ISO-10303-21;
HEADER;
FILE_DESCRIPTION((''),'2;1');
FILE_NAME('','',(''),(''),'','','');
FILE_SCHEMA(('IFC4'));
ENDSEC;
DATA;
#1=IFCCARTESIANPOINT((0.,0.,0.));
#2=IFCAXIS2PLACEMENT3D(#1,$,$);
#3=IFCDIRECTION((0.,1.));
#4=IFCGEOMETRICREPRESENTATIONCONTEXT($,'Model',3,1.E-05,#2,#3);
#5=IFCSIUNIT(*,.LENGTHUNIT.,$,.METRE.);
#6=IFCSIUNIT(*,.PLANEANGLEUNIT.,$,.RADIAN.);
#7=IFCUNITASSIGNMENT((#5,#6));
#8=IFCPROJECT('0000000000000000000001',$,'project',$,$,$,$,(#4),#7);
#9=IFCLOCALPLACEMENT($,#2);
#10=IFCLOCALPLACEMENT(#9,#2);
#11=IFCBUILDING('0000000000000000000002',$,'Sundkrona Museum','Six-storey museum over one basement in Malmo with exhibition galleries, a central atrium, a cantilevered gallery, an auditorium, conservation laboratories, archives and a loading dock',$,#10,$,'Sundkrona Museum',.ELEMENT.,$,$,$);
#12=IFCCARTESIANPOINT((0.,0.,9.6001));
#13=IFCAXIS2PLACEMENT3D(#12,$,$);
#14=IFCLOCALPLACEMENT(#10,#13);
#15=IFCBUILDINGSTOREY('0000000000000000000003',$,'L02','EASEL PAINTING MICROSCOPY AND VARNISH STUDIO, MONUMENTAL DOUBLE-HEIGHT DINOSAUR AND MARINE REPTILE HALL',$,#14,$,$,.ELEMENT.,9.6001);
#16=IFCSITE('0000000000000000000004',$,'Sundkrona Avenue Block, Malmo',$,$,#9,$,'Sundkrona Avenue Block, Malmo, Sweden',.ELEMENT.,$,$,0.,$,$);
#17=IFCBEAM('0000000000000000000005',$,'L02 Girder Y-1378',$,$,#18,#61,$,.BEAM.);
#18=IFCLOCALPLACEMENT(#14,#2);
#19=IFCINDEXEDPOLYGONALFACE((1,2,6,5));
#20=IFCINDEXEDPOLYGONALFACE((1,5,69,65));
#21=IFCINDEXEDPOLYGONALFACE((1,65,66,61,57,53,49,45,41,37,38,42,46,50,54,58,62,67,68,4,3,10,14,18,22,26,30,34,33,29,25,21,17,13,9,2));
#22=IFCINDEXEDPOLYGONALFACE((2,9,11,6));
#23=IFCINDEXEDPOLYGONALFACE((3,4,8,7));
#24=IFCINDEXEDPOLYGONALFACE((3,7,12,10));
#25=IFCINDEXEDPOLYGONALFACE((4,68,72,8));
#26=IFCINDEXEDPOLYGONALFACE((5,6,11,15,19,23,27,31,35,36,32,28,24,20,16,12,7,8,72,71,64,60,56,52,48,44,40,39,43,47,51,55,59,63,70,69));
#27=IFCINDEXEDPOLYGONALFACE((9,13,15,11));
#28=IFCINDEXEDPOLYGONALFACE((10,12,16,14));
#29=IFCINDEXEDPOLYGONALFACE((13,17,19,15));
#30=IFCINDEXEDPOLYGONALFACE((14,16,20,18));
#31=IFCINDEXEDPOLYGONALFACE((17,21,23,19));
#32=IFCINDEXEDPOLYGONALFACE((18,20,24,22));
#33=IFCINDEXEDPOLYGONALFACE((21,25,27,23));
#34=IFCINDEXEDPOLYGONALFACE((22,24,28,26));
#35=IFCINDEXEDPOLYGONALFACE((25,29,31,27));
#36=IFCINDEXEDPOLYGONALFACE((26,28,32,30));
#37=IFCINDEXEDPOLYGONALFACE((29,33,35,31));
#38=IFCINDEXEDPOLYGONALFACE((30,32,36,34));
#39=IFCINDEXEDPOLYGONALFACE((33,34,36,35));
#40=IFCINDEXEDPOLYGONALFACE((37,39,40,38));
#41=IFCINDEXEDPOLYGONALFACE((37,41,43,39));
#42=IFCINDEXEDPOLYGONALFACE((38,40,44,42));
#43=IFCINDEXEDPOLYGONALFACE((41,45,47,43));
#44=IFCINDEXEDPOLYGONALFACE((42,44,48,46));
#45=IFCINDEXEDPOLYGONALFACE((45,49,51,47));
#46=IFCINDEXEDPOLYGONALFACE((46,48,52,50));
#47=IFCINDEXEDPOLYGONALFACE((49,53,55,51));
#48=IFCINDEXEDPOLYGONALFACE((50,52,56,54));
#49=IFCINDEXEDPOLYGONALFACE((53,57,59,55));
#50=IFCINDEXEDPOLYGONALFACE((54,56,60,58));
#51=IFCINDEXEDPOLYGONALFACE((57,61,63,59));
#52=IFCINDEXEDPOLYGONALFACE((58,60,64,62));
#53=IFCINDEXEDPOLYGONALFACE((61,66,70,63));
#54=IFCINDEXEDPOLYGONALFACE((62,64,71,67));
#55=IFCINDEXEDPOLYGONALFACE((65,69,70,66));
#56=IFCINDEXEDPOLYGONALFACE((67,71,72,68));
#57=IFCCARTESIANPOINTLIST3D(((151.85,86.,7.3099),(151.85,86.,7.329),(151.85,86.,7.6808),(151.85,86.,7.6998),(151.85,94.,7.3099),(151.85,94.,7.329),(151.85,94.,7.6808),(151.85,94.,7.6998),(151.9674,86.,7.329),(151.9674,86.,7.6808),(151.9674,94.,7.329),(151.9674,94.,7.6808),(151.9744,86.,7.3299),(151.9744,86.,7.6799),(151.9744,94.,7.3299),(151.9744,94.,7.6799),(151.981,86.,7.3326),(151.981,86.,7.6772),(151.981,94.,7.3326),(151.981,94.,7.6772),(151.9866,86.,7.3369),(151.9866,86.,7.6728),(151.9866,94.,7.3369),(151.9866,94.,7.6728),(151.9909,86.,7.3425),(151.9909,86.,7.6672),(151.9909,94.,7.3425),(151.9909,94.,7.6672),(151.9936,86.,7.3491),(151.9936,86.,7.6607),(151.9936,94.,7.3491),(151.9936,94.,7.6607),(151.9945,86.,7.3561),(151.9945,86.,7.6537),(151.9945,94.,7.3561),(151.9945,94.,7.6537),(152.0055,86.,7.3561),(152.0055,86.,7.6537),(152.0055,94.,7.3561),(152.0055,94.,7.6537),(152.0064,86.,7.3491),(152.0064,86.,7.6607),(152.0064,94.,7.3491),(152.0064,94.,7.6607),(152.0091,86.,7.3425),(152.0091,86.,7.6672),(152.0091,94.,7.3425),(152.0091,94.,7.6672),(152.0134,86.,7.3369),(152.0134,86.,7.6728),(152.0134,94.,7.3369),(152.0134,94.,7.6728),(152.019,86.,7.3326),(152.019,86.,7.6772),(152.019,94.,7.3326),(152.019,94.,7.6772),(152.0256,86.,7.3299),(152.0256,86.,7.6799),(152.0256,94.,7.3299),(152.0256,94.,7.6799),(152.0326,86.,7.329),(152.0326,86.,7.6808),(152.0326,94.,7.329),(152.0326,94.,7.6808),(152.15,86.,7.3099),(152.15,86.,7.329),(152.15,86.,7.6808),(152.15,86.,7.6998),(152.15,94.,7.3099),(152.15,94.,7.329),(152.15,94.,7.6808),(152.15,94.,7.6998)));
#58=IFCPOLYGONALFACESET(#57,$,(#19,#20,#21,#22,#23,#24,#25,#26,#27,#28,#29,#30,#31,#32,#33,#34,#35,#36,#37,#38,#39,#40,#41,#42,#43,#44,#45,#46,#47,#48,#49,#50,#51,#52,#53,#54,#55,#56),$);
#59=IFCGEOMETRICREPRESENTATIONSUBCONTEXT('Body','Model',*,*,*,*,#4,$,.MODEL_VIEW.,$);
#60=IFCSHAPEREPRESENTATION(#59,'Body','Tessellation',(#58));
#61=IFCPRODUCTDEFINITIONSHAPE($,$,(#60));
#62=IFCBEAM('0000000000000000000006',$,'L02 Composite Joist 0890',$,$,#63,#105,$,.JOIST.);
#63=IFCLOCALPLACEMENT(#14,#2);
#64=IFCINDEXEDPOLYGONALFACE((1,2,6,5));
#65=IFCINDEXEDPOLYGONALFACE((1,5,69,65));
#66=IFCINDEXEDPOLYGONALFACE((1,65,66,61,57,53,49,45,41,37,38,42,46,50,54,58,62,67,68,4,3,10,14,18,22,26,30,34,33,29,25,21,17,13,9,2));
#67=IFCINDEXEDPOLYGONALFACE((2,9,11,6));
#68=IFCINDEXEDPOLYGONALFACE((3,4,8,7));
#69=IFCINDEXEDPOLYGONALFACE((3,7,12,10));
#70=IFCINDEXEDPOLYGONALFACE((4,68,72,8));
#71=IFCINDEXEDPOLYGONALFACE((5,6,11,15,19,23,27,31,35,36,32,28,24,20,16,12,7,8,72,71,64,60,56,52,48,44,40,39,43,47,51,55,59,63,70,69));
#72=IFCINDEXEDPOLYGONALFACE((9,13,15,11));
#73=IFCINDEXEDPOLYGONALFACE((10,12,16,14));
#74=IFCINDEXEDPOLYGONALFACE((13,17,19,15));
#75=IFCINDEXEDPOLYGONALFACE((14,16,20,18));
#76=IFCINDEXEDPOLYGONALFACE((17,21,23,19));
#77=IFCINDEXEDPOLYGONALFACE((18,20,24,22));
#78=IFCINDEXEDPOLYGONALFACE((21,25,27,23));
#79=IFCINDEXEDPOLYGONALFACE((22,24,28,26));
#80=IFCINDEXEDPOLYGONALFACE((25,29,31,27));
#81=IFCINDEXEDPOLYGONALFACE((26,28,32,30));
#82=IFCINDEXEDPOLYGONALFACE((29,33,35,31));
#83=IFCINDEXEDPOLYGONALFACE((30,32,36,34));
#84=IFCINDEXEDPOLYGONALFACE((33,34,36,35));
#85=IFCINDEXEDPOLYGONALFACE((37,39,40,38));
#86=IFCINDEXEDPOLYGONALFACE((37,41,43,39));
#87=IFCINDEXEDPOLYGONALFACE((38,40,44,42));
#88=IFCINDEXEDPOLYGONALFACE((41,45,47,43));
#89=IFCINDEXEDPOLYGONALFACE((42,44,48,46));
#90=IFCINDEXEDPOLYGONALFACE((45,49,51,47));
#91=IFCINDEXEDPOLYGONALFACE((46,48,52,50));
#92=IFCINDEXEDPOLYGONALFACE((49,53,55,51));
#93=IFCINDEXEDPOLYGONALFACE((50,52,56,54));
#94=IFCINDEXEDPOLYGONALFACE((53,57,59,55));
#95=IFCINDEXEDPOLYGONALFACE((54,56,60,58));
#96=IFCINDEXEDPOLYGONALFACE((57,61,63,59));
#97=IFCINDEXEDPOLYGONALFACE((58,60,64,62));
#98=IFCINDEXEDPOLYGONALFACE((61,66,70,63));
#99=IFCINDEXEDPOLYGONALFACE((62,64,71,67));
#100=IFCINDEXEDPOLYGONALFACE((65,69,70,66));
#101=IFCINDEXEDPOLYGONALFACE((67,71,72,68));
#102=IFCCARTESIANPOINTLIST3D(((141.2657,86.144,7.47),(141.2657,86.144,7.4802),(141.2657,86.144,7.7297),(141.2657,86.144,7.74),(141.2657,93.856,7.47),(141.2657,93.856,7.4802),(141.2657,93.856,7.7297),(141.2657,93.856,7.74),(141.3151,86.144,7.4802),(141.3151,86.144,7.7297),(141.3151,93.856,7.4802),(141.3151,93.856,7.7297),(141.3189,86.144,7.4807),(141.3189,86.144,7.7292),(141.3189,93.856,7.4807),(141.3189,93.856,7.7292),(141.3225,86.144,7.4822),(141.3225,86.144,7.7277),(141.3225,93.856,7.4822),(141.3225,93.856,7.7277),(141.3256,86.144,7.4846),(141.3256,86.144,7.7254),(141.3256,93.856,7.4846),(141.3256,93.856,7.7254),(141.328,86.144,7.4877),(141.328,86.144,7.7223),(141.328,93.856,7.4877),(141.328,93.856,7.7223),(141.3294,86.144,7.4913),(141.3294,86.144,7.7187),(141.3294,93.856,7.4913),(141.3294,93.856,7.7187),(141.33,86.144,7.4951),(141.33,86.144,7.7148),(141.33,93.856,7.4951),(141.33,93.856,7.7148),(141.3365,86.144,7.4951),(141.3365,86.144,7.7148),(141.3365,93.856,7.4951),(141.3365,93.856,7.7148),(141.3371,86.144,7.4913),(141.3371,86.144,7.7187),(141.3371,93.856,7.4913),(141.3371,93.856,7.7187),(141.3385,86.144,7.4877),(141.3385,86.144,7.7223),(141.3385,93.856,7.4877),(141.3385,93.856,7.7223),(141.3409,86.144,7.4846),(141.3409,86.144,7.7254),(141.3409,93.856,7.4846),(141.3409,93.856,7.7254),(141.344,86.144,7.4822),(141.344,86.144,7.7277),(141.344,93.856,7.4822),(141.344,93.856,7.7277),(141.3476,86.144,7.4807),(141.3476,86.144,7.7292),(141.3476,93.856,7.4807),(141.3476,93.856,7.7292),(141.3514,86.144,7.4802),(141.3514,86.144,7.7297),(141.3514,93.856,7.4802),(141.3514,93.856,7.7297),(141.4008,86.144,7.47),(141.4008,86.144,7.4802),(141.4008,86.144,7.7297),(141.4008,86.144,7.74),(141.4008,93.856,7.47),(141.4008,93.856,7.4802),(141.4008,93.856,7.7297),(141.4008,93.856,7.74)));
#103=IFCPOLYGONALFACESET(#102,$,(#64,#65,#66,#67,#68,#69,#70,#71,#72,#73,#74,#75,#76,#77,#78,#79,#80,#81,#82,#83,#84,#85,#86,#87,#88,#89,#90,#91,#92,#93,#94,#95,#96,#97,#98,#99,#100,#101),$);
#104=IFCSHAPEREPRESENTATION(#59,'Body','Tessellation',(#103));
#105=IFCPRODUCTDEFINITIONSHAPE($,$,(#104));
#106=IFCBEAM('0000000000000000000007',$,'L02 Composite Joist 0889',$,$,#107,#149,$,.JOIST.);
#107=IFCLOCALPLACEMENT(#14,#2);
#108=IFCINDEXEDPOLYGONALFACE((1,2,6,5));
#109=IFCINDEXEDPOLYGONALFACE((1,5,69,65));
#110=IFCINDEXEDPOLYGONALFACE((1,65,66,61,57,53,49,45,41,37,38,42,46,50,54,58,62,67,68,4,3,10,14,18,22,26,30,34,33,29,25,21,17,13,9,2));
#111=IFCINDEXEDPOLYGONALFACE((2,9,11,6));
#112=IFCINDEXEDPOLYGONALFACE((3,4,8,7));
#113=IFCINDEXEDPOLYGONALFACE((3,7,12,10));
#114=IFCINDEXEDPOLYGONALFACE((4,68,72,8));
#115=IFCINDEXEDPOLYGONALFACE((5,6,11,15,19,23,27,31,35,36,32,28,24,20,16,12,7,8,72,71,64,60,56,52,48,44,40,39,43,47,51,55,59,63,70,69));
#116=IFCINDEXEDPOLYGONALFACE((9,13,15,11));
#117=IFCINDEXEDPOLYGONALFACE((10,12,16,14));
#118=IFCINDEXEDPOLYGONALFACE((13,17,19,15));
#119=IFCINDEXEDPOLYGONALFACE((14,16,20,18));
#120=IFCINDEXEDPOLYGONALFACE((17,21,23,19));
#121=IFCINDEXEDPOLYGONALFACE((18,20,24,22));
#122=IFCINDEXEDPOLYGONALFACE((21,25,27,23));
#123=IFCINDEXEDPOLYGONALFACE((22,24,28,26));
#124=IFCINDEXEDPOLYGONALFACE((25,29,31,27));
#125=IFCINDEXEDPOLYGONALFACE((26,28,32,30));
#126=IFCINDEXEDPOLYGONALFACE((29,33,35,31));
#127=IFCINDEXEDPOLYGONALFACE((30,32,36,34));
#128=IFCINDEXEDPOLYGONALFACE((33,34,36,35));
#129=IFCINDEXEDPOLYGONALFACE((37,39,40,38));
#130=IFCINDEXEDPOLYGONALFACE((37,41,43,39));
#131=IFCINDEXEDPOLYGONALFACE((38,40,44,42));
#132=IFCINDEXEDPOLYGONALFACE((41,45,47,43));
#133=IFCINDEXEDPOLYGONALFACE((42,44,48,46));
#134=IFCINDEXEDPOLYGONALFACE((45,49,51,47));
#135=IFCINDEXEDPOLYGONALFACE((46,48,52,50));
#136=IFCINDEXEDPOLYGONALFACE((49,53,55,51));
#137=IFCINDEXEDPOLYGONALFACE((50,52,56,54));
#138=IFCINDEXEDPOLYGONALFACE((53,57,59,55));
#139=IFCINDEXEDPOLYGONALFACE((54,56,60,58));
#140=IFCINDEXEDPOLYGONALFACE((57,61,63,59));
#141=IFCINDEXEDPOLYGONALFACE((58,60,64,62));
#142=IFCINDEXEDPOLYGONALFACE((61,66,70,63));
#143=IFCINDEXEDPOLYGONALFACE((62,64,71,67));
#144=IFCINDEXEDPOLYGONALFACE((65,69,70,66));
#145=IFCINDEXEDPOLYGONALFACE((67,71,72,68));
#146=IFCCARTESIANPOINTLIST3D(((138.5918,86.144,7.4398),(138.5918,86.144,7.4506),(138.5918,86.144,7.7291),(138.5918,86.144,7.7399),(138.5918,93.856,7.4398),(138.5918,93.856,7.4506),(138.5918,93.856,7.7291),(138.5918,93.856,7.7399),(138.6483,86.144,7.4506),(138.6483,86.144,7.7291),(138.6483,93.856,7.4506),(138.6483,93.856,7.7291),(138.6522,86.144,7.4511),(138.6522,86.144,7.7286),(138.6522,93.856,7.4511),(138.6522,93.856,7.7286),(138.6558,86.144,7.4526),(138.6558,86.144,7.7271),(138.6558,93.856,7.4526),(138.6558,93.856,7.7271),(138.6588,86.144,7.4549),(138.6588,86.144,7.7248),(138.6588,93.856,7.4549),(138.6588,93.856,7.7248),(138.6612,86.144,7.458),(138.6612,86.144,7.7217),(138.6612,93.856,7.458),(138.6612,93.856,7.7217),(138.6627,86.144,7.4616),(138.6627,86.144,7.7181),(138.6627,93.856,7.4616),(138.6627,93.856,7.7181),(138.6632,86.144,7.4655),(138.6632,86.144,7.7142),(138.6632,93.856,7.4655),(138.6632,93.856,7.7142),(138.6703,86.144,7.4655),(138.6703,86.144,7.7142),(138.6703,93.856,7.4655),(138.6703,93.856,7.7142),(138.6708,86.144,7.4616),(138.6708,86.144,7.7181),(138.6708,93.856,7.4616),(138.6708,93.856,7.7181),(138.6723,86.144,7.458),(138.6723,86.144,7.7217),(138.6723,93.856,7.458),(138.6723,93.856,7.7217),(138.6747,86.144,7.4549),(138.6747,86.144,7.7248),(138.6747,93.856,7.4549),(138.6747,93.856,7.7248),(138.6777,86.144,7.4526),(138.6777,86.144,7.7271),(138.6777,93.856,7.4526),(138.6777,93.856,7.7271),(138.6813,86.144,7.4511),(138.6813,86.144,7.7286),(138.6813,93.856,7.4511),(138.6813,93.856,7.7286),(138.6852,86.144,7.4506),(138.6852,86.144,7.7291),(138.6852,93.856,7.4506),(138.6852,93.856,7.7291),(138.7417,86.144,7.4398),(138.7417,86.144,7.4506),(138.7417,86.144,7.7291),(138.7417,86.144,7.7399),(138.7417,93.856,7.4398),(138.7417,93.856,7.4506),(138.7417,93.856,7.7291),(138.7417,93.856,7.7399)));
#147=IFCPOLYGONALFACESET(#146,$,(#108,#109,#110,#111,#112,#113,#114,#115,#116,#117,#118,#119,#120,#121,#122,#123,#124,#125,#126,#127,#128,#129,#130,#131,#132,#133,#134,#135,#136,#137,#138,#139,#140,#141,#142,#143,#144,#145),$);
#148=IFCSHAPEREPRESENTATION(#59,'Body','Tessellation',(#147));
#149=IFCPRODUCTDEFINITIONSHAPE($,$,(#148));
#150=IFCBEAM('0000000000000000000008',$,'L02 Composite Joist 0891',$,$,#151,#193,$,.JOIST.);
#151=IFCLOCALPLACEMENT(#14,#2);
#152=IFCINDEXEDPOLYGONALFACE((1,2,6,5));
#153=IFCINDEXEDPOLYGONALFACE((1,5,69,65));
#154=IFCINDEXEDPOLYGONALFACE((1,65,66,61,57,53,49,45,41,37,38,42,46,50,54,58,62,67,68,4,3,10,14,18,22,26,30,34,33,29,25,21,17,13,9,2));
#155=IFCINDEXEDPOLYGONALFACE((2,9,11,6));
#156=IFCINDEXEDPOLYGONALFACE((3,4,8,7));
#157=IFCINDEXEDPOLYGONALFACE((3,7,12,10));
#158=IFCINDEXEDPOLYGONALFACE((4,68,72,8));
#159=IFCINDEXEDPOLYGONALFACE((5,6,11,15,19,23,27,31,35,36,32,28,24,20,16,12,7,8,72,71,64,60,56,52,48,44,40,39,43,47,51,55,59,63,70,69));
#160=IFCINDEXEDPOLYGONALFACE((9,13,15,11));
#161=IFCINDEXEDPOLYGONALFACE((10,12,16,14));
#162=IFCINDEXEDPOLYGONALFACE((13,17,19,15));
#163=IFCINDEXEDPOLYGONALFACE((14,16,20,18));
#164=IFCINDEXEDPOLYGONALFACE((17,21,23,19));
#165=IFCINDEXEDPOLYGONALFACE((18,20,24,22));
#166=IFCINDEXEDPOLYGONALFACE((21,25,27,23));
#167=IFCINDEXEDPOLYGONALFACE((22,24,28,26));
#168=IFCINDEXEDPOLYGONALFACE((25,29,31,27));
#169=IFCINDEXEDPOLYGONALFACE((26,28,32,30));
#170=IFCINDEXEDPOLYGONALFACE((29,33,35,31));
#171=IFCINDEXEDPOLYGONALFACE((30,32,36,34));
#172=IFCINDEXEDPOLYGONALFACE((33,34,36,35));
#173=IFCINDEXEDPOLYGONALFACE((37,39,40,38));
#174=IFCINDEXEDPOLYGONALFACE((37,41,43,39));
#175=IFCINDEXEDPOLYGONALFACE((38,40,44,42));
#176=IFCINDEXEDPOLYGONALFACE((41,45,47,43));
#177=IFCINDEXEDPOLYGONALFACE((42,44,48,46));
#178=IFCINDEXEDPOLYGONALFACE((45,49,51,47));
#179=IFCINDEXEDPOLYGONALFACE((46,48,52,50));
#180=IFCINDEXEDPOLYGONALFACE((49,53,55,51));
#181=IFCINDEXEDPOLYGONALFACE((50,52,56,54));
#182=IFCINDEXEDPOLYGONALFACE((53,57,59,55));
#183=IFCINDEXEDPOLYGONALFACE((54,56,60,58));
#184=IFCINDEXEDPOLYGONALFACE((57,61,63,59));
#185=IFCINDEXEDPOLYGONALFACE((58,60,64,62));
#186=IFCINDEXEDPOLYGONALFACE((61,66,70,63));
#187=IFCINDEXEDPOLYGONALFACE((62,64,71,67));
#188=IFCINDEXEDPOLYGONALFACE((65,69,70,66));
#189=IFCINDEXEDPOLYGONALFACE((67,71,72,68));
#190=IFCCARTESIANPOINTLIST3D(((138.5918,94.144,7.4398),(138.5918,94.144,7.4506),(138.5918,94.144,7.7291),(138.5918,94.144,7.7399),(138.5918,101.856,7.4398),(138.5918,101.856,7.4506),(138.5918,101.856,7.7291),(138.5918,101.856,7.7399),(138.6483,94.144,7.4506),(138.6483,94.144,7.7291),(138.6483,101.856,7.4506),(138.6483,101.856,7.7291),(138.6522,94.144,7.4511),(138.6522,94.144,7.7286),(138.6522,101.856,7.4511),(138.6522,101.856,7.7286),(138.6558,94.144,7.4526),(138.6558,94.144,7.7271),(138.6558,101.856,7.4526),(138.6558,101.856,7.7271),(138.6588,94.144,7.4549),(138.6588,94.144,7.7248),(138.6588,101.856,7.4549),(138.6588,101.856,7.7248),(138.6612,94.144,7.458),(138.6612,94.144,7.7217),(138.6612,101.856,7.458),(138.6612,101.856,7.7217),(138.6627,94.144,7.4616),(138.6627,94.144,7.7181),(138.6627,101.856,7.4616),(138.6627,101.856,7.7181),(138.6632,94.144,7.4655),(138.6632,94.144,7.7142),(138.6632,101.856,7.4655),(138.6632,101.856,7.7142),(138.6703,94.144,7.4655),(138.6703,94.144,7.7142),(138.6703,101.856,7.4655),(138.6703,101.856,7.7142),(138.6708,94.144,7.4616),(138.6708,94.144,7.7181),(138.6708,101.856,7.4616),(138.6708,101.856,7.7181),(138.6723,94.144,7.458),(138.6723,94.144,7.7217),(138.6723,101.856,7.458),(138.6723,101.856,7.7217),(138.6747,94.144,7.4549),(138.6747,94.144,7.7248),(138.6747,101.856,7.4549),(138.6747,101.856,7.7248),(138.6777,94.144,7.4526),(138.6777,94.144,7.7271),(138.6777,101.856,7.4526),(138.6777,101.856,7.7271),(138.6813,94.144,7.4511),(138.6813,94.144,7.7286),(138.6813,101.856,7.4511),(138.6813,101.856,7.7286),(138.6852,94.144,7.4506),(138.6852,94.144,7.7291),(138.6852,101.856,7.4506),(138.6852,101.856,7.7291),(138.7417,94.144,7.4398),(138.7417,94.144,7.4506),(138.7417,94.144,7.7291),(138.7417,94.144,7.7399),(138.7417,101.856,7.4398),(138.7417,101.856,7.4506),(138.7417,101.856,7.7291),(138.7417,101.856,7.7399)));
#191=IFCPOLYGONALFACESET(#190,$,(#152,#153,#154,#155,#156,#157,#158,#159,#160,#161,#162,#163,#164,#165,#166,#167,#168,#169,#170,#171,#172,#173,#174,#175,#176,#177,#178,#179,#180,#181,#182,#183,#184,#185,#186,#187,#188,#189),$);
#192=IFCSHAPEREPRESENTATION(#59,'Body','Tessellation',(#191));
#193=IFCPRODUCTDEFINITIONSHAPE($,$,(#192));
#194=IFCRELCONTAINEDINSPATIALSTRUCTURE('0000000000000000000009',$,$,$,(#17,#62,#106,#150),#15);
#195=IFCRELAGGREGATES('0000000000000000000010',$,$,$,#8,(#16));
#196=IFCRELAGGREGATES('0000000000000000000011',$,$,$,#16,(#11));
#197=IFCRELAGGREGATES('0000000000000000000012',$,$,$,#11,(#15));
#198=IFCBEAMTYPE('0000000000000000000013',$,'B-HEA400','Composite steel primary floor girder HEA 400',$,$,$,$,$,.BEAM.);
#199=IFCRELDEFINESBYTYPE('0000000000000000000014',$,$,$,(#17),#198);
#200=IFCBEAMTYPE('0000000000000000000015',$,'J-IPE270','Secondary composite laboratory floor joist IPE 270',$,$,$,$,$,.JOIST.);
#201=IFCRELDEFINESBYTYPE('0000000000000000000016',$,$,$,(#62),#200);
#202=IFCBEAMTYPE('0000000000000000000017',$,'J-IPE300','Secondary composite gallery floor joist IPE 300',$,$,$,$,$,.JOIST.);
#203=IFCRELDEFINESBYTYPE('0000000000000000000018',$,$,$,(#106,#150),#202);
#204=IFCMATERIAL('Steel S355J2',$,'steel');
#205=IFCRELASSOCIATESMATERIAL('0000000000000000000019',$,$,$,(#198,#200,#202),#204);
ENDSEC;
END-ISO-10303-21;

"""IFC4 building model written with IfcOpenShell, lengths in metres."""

from ifc_helpers import new_model, si_unit, direction, frame, origin, origin_2d, place, context, subcontext, project, spatial, i_section, extrude, material, material_profile, profile_set, type_object, element, save


model = new_model("IFC4")

# Units and contexts
model_context = context("Model", 3, precision=1e-05, world=origin(), true_north=direction((0.0, 1.0)))
body_context = subcontext(model_context, "Body", "Model", "MODEL_VIEW")
ifc_project = project(units=[si_unit("LENGTHUNIT", "METRE"), si_unit("PLANEANGLEUNIT", "RADIAN")], contexts=[model_context])

# Site, building, storey
site_placement = place(None, origin())
site = spatial("IfcSite", under=ifc_project, at=site_placement, Name="Sundkrona Avenue Block, Malmo", LongName="Sundkrona Avenue Block, Malmo, Sweden", CompositionType="ELEMENT", RefElevation=0.0)
building_placement = place(site_placement, origin())
building = spatial("IfcBuilding", under=site, at=building_placement, Name="Sundkrona Museum", Description="Six-storey museum over one basement in Malmo with exhibition galleries, a central atrium, a cantilevered gallery, an auditorium, conservation laboratories, archives and a loading dock", LongName="Sundkrona Museum", CompositionType="ELEMENT")
storey_placement = place(building_placement, frame((0.0, 0.0, 9.6001)))
storey = spatial("IfcBuildingStorey", under=building, at=storey_placement, Name="L02", Description="EASEL PAINTING MICROSCOPY AND VARNISH STUDIO, MONUMENTAL DOUBLE-HEIGHT DINOSAUR AND MARINE REPTILE HALL", CompositionType="ELEMENT", Elevation=9.6001)

# Shared definitions
ifc_material_1 = material(Name="Steel S355J2", Category="steel")

# Beams
ifc_material_profile_1 = material_profile(ifc_material_1, i_section(OverallWidth=0.3, OverallDepth=0.3899, WebThickness=0.011, FlangeThickness=0.019, FilletRadius=0.0271, at=origin_2d()), Name="HEA 400")
ifc_profile_set_1 = profile_set([ifc_material_profile_1], Name="Steel S355J2")
beam_type_1 = type_object("IfcBeamType", Name="B-HEA400", Description="Composite steel primary floor girder HEA 400", PredefinedType="BEAM", material=ifc_profile_set_1)
beam_1_placement = place(storey_placement, frame((152.0, 86.0, 7.5049), z_axis=(0.0, 1.0, 0.0), x_axis=(-1.0, 0.0, 0.0)))
element("IfcBeam", 1, at=beam_1_placement, inside=storey, type_object=beam_type_1, Name="L02 Girder Y-1378", PredefinedType="BEAM", context=body_context, shape_type="SweptSolid", body=[
    extrude(i_section(OverallWidth=0.3, OverallDepth=0.3899, WebThickness=0.011, FlangeThickness=0.019, FilletRadius=0.0271, at=origin_2d()), origin(), (0.0, 0.0, 1.0), 8.0),
])
ifc_material_profile_2 = material_profile(ifc_material_1, i_section(OverallWidth=0.135, OverallDepth=0.27, WebThickness=0.0066, FlangeThickness=0.0103, FilletRadius=0.0149, at=origin_2d()), Name="IPE 270")
ifc_profile_set_2 = profile_set([ifc_material_profile_2], Name="Steel S355J2")
beam_type_2 = type_object("IfcBeamType", Name="J-IPE270", Description="Secondary composite laboratory floor joist IPE 270", PredefinedType="JOIST", material=ifc_profile_set_2)
beam_2_placement = place(storey_placement, frame((141.3333, 86.144, 7.605), z_axis=(0.0, 1.0, 0.0), x_axis=(-1.0, 0.0, 0.0)))
element("IfcBeam", 2, at=beam_2_placement, inside=storey, type_object=beam_type_2, Name="L02 Composite Joist 0890", PredefinedType="JOIST", context=body_context, shape_type="SweptSolid", body=[
    extrude(i_section(OverallWidth=0.135, OverallDepth=0.27, WebThickness=0.0066, FlangeThickness=0.0103, FilletRadius=0.0149, at=origin_2d()), origin(), (0.0, 0.0, 1.0), 7.7119),
])
ifc_material_profile_3 = material_profile(ifc_material_1, i_section(OverallWidth=0.1499, OverallDepth=0.3, WebThickness=0.0071, FlangeThickness=0.0107, FilletRadius=0.0149, at=origin_2d()), Name="IPE 300")
ifc_profile_set_3 = profile_set([ifc_material_profile_3], Name="Steel S355J2")
beam_type_3 = type_object("IfcBeamType", Name="J-IPE300", Description="Secondary composite gallery floor joist IPE 300", PredefinedType="JOIST", material=ifc_profile_set_3)
for number, where, z_axis, x_axis, name in (
    (3, (138.6667, 86.144, 7.5898), (0.0, 1.0, 0.0), (-1.0, 0.0, 0.0), "L02 Composite Joist 0889"),
    (4, (138.6667, 94.144, 7.5898), (0.0, 1.0, 0.0), (-1.0, 0.0, 0.0), "L02 Composite Joist 0891"),
):
    element("IfcBeam", number, at=place(storey_placement, frame(where, z_axis=z_axis, x_axis=x_axis)), inside=storey, type_object=beam_type_3, Name=name, PredefinedType="JOIST", context=body_context, shape_type="SweptSolid", body=[
        extrude(i_section(OverallWidth=0.1499, OverallDepth=0.3, WebThickness=0.0071, FlangeThickness=0.0107, FilletRadius=0.0149, at=origin_2d()), origin(), (0.0, 0.0, 1.0), 7.7119),
    ])

save(model, "model.ifc")
